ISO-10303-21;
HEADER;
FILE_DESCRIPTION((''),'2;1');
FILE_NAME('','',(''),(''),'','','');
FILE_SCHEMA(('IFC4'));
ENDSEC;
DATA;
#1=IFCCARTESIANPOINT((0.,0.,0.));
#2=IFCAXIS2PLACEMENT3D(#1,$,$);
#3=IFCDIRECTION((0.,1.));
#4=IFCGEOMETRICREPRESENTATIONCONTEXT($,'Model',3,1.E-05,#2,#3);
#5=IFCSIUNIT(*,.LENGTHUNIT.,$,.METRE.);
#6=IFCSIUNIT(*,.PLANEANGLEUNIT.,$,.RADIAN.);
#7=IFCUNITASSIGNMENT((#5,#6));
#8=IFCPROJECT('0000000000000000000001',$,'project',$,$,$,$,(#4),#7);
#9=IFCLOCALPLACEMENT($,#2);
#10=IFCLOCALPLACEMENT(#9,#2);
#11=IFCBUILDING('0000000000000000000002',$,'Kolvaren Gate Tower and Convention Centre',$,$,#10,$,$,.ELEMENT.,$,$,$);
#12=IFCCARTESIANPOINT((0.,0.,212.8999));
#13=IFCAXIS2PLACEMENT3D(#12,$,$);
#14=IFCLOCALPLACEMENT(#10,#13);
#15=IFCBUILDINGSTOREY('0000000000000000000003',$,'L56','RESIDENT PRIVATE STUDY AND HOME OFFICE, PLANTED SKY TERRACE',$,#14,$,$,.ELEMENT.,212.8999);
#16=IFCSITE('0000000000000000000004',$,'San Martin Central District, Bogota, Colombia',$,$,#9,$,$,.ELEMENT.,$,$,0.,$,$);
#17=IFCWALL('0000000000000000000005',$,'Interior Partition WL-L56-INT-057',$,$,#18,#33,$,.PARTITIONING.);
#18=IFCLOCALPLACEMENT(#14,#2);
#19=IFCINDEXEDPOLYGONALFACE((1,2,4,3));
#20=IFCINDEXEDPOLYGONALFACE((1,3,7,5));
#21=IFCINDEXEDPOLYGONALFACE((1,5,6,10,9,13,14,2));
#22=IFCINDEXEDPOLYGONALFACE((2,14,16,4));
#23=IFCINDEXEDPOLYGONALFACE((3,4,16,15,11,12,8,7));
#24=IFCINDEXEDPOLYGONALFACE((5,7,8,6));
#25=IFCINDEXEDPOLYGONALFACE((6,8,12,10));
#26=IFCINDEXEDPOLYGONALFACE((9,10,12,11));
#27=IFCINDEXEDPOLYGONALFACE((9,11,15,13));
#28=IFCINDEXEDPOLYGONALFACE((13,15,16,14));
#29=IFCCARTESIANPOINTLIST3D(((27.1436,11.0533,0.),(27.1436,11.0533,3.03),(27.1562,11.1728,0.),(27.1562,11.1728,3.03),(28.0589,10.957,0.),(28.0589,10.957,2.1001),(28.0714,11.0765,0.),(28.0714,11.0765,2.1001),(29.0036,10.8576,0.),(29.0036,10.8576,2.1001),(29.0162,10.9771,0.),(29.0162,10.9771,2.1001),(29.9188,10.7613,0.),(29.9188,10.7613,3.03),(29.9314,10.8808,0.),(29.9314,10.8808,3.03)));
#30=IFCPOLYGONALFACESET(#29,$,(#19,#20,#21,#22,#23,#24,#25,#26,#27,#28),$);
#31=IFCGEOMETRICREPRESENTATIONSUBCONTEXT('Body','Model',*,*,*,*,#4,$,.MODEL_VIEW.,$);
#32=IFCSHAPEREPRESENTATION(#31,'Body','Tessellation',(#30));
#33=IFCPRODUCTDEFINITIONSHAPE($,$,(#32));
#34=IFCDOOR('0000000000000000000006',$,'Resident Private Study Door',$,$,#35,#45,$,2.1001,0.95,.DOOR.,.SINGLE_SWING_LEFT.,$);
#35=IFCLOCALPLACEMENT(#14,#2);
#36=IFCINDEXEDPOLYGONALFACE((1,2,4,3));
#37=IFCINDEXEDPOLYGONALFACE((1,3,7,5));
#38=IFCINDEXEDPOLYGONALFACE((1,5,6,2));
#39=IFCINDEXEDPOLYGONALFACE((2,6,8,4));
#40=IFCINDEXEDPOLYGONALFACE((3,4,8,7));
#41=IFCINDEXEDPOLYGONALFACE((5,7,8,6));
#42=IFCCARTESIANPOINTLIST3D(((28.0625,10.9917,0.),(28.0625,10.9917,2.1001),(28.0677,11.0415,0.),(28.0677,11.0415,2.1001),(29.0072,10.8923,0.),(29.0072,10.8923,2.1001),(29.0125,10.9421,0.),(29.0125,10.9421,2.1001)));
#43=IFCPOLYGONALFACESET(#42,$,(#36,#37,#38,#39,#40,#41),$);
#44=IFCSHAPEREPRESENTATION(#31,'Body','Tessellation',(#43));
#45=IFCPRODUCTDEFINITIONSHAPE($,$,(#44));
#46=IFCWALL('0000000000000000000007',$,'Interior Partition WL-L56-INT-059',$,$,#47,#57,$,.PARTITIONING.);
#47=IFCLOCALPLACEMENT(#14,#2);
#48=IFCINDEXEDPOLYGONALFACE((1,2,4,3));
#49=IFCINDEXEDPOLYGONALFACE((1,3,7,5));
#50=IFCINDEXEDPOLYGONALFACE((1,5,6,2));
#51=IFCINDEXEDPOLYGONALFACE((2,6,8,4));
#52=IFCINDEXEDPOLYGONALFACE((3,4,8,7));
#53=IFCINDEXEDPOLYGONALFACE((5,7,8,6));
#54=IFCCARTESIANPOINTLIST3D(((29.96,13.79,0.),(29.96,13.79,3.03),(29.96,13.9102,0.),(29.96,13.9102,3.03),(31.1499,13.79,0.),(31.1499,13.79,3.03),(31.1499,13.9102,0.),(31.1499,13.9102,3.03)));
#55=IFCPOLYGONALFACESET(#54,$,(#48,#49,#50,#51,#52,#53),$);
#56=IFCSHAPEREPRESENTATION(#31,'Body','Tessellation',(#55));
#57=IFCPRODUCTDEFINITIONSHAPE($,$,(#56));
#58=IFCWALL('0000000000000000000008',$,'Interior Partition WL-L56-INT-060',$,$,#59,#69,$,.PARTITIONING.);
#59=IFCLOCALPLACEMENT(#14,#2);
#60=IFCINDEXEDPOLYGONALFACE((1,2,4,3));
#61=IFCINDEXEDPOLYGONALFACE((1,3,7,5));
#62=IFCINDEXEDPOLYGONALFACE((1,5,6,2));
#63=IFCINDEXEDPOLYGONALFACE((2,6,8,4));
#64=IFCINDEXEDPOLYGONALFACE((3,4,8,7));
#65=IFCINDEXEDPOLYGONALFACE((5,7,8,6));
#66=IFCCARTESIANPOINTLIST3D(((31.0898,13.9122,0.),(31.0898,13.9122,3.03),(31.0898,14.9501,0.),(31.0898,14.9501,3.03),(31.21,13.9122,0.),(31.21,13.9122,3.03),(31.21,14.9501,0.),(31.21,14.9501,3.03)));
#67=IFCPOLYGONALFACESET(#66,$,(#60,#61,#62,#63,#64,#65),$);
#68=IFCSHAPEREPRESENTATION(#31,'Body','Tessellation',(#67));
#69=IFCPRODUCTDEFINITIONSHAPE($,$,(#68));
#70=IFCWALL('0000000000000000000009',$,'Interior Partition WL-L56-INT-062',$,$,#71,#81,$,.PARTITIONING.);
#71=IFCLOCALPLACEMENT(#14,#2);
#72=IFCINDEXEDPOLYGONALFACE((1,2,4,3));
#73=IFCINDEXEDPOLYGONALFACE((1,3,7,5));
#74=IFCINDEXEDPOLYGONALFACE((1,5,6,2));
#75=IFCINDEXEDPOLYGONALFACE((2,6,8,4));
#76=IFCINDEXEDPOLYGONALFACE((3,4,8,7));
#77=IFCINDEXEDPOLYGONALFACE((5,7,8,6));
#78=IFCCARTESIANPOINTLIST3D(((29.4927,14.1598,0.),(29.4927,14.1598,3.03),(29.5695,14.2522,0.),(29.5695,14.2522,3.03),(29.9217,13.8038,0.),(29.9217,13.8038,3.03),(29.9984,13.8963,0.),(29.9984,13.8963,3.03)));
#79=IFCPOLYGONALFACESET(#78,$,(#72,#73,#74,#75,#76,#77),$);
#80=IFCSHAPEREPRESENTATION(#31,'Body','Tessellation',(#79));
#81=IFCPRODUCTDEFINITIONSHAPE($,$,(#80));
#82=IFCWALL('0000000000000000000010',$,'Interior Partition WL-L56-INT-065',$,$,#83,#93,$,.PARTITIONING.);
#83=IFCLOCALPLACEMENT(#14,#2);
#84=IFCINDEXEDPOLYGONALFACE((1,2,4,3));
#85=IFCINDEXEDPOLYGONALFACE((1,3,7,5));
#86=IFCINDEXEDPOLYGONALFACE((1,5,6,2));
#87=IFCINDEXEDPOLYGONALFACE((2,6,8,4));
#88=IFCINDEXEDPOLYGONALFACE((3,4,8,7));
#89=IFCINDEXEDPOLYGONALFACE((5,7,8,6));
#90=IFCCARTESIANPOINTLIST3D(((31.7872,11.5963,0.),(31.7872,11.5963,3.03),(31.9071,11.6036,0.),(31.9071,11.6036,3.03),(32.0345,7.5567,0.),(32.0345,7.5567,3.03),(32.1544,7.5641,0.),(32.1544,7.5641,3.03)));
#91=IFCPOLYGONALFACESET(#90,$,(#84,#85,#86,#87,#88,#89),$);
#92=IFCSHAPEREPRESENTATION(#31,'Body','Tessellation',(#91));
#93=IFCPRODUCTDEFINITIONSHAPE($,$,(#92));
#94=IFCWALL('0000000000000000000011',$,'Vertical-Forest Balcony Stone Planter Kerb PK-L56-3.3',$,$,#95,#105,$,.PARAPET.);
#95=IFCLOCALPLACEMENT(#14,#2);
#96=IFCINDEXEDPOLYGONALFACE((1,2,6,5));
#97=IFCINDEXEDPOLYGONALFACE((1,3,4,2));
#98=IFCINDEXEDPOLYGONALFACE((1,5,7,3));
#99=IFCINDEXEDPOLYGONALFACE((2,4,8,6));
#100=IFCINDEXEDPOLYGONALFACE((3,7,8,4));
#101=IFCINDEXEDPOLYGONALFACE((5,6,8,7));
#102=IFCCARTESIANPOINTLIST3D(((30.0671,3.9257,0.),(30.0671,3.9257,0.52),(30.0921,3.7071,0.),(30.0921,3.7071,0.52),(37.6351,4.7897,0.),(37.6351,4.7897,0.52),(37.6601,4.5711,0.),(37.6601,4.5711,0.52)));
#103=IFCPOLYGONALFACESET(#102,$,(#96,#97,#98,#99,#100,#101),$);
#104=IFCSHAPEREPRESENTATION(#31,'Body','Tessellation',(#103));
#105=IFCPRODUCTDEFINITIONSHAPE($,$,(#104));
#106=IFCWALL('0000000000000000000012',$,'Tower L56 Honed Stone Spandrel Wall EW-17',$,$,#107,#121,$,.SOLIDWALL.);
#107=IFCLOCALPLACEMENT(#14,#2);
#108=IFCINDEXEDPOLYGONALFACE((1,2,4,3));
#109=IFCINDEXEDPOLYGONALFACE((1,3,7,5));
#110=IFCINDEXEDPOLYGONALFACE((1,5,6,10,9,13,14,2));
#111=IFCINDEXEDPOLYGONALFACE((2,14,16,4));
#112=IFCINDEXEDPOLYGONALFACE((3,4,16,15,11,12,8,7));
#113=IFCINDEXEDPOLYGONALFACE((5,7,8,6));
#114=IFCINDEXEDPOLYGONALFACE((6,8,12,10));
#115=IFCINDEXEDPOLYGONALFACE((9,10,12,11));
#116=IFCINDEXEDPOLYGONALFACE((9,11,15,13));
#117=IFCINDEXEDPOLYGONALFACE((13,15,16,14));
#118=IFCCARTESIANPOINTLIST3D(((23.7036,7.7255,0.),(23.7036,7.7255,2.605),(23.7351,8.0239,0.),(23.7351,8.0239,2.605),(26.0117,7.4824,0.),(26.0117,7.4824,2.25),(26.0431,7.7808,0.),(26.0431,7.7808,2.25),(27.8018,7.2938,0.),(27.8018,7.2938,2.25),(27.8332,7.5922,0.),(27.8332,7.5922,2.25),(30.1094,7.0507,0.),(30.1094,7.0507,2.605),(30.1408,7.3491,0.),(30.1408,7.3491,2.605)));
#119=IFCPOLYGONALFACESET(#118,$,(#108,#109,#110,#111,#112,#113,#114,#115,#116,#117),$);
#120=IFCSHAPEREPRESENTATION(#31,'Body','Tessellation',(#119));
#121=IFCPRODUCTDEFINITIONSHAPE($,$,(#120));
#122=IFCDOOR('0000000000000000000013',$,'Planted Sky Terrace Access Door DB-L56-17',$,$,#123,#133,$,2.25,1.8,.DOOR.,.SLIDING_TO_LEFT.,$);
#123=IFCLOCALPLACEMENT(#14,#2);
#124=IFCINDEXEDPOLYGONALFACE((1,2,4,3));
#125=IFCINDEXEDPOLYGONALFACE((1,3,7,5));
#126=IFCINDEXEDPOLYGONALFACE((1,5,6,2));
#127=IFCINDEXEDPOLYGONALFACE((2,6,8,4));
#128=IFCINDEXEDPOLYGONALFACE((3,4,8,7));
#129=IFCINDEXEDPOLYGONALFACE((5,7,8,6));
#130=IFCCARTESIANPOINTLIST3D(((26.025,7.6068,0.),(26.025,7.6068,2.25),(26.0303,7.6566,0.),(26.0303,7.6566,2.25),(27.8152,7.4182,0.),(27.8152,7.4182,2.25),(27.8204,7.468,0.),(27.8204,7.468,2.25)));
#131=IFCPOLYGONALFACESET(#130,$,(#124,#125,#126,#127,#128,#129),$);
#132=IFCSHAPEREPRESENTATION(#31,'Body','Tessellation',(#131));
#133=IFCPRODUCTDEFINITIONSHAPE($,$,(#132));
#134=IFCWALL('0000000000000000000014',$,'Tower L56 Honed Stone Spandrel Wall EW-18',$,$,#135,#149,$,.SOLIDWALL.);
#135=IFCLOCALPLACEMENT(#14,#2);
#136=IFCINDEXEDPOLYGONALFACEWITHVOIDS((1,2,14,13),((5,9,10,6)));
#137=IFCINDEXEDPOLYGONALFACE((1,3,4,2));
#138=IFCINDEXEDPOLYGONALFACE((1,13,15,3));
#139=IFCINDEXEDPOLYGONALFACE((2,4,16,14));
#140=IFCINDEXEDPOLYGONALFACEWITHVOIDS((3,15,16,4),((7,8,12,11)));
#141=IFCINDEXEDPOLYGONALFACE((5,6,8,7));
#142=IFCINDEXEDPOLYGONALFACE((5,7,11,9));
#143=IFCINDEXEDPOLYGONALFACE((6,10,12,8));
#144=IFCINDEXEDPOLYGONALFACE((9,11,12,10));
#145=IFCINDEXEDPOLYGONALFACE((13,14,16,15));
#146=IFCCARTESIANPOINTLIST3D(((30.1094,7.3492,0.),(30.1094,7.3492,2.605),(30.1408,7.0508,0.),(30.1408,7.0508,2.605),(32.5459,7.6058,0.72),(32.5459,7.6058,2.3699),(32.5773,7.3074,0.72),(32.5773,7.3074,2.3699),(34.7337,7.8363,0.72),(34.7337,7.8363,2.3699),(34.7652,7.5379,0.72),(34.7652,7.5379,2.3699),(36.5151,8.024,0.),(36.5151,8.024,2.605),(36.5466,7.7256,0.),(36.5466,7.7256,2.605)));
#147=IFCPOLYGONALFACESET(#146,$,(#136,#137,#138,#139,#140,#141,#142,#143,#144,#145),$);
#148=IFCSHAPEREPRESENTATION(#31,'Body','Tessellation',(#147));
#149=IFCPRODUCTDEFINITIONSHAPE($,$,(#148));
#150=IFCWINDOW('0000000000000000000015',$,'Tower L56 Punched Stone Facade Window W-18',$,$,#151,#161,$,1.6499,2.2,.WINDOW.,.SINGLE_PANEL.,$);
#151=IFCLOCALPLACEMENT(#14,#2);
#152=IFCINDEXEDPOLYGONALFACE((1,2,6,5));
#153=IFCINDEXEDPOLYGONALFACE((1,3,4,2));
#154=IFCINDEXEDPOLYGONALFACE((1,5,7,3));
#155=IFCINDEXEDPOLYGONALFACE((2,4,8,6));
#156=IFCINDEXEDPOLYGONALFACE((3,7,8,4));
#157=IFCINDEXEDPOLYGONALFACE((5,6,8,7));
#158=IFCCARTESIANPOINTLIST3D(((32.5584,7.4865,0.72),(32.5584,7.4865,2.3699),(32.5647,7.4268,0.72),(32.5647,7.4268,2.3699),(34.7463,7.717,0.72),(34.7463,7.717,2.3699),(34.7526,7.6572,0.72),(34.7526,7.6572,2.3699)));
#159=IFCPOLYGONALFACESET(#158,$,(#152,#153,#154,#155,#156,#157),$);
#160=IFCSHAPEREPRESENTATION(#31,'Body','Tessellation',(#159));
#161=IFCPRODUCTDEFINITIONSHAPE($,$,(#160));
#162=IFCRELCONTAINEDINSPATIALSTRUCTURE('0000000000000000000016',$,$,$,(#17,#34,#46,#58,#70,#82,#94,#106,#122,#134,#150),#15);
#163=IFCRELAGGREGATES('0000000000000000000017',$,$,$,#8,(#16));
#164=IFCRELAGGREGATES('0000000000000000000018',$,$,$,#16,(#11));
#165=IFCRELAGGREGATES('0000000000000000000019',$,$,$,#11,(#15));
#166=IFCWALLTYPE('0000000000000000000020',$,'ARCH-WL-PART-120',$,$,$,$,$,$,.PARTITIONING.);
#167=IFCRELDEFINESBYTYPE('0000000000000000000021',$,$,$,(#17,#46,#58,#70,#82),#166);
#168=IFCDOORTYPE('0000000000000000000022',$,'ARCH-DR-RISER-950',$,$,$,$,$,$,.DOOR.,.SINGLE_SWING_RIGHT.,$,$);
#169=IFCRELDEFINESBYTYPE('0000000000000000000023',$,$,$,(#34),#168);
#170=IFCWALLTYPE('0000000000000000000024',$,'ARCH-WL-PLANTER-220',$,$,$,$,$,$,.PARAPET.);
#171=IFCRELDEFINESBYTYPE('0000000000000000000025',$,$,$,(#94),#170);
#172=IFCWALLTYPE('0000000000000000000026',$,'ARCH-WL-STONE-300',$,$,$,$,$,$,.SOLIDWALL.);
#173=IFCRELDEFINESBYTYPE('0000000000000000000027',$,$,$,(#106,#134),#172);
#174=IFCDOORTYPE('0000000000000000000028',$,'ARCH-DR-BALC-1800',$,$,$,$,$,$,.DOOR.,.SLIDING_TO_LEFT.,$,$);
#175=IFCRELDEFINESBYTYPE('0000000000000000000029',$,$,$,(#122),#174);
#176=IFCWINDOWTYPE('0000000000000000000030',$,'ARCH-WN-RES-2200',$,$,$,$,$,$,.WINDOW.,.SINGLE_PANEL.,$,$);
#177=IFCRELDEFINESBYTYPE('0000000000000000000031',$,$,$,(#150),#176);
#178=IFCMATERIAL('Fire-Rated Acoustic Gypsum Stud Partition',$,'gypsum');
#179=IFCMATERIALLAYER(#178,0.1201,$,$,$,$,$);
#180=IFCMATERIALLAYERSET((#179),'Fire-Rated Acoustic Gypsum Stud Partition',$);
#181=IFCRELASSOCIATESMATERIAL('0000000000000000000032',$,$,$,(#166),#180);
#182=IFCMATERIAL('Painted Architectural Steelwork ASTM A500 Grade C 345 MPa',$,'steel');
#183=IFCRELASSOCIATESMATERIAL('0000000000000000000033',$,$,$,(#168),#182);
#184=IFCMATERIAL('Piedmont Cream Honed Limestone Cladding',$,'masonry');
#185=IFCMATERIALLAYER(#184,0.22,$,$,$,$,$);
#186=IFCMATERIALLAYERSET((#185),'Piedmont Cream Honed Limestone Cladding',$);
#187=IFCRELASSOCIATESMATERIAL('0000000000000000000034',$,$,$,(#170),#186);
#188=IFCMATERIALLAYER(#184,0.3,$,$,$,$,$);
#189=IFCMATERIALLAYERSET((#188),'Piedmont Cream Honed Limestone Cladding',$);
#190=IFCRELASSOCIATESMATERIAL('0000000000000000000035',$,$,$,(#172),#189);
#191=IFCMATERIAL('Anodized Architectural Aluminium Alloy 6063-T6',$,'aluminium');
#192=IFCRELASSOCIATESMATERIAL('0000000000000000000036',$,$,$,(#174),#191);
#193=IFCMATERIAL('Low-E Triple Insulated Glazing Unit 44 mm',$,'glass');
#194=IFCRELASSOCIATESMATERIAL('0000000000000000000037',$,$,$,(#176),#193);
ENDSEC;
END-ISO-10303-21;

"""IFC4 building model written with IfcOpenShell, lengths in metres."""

from ifc_helpers import new_model, si_unit, direction, frame, frame_2d, origin, place, context, subcontext, project, spatial, rectangle, extrude, material, layer, layer_set, type_object, element, fill, save


model = new_model("IFC4")

# Units and contexts
model_context = context("Model", 3, precision=1e-05, world=origin(), true_north=direction((0.0, 1.0)))
body_context = subcontext(model_context, "Body", "Model", "MODEL_VIEW")
ifc_project = project(units=[si_unit("LENGTHUNIT", "METRE"), si_unit("PLANEANGLEUNIT", "RADIAN")], contexts=[model_context])

# Site, building, storey
site_placement = place(None, origin())
site = spatial("IfcSite", under=ifc_project, at=site_placement, Name="San Martin Central District, Bogota, Colombia", CompositionType="ELEMENT", RefElevation=0.0)
building_placement = place(site_placement, origin())
building = spatial("IfcBuilding", under=site, at=building_placement, Name="Kolvaren Gate Tower and Convention Centre", CompositionType="ELEMENT")
storey_placement = place(building_placement, frame((0.0, 0.0, 212.8999)))
storey = spatial("IfcBuildingStorey", under=building, at=storey_placement, Name="L56", Description="RESIDENT PRIVATE STUDY AND HOME OFFICE, PLANTED SKY TERRACE", CompositionType="ELEMENT", Elevation=212.8999)

# Shared definitions
ifc_material_1 = material(Name="Fire-Rated Acoustic Gypsum Stud Partition", Category="gypsum")
ifc_layer_1 = layer(ifc_material_1, 0.1201)
ifc_layer_set_1 = layer_set([ifc_layer_1], Name="Fire-Rated Acoustic Gypsum Stud Partition")
wall_type_1 = type_object("IfcWallType", Name="ARCH-WL-PART-120", PredefinedType="PARTITIONING", material=ifc_layer_set_1)
ifc_material_2 = material(Name="Painted Architectural Steelwork ASTM A500 Grade C 345 MPa", Category="steel")
door_type_1 = type_object("IfcDoorType", Name="ARCH-DR-RISER-950", OperationType="SINGLE_SWING_RIGHT", PredefinedType="DOOR", material=ifc_material_2)

# Wall, opening, door
wall_1_placement = place(storey_placement, frame((27.1499, 11.113, 0.0), z_axis=(0.0, 0.0, 1.0), x_axis=(0.99451, -0.104639, 0.0)))
wall_1 = element("IfcWall", 1, at=wall_1_placement, inside=storey, type_object=wall_type_1, Name="Interior Partition WL-L56-INT-057", PredefinedType="PARTITIONING", context=body_context, shape_type="SweptSolid", body=[
    extrude(rectangle(XDim=2.7905, YDim=0.1201, at=frame_2d((1.3953, 0.0))), origin(), (0.0, 0.0, 1.0), 3.03),
])
opening_1_placement = place(wall_1_placement, frame((0.9202, 0.0, 0.0)))
opening_1 = element("IfcOpeningElement", 2, at=opening_1_placement, cuts=wall_1, PredefinedType="OPENING", context=body_context, shape_type="SweptSolid", body=[
    extrude(rectangle(XDim=0.95, YDim=2.1001, at=frame_2d((0.4751, 1.05))), frame((0.0, 0.0701, 0.0), z_axis=(0.0, -1.0, 0.0), x_axis=(1.0, 0.0, 0.0)), (0.0, 0.0, 1.0), 0.1401),
])
door_1_placement = place(opening_1_placement, origin())
door_1 = element("IfcDoor", 3, at=door_1_placement, inside=storey, type_object=door_type_1, Name="Resident Private Study Door", OperationType="SINGLE_SWING_LEFT", OverallHeight=2.1001, OverallWidth=0.95, PredefinedType="DOOR", context=body_context, shape_type="SweptSolid", body=[
    extrude(rectangle(XDim=0.95, YDim=2.1001, at=frame_2d((0.4751, 1.05))), frame((0.0, 0.0249, 0.0), z_axis=(0.0, -1.0, 0.0), x_axis=(1.0, 0.0, 0.0)), (0.0, 0.0, 1.0), 0.05),
])
fill(opening_1, door_1)

# Walls
wall_2_placement = place(storey_placement, frame((29.96, 13.8501, 0.0), z_axis=(0.0, 0.0, 1.0), x_axis=(1.0, 0.0, 0.0)))
element("IfcWall", 4, at=wall_2_placement, inside=storey, type_object=wall_type_1, Name="Interior Partition WL-L56-INT-059", PredefinedType="PARTITIONING", context=body_context, shape_type="SweptSolid", body=[
    extrude(rectangle(XDim=1.1899, YDim=0.1201, at=frame_2d((0.595, 0.0))), origin(), (0.0, 0.0, 1.0), 3.03),
])
wall_3_placement = place(storey_placement, frame((31.1499, 13.9121, 0.0), z_axis=(0.0, 0.0, 1.0), x_axis=(0.0, 1.0, 0.0)))
element("IfcWall", 5, at=wall_3_placement, inside=storey, type_object=wall_type_1, Name="Interior Partition WL-L56-INT-060", PredefinedType="PARTITIONING", context=body_context, shape_type="SweptSolid", body=[
    extrude(rectangle(XDim=1.0378, YDim=0.1201, at=frame_2d((0.519, 0.0))), origin(), (0.0, 0.0, 1.0), 3.03),
])
wall_4_placement = place(storey_placement, frame((29.531, 14.2061, 0.0), z_axis=(0.0, 0.0, 1.0), x_axis=(0.769548, -0.638589, 0.0)))
element("IfcWall", 6, at=wall_4_placement, inside=storey, type_object=wall_type_1, Name="Interior Partition WL-L56-INT-062", PredefinedType="PARTITIONING", context=body_context, shape_type="SweptSolid", body=[
    extrude(rectangle(XDim=0.5574, YDim=0.1201, at=frame_2d((0.2788, 0.0))), origin(), (0.0, 0.0, 1.0), 3.03),
])
wall_5_placement = place(storey_placement, frame((31.8472, 11.5999, 0.0), z_axis=(0.0, 0.0, 1.0), x_axis=(0.061109, -0.998131, 0.0)))
element("IfcWall", 7, at=wall_5_placement, inside=storey, type_object=wall_type_1, Name="Interior Partition WL-L56-INT-065", PredefinedType="PARTITIONING", context=body_context, shape_type="SweptSolid", body=[
    extrude(rectangle(XDim=4.0471, YDim=0.1201, at=frame_2d((2.0234, 0.0))), origin(), (0.0, 0.0, 1.0), 3.03),
])
ifc_material_3 = material(Name="Piedmont Cream Honed Limestone Cladding", Category="masonry")
ifc_layer_2 = layer(ifc_material_3, 0.22)
ifc_layer_set_2 = layer_set([ifc_layer_2], Name="Piedmont Cream Honed Limestone Cladding")
wall_type_2 = type_object("IfcWallType", Name="ARCH-WL-PLANTER-220", PredefinedType="PARAPET", material=ifc_layer_set_2)
wall_6_placement = place(storey_placement, frame((30.0796, 3.8164, 0.0), z_axis=(0.0, 0.0, 1.0), x_axis=(0.993546, 0.113428, 0.0)))
element("IfcWall", 8, at=wall_6_placement, inside=storey, type_object=wall_type_2, Name="Vertical-Forest Balcony Stone Planter Kerb PK-L56-3.3", PredefinedType="PARAPET", context=body_context, shape_type="SweptSolid", body=[
    extrude(rectangle(XDim=7.6172, YDim=0.22, at=frame_2d((3.8086, 0.0))), origin(), (0.0, 0.0, 1.0), 0.52),
])

# Wall, opening, door
ifc_layer_3 = layer(ifc_material_3, 0.3)
ifc_layer_set_3 = layer_set([ifc_layer_3], Name="Piedmont Cream Honed Limestone Cladding")
wall_type_3 = type_object("IfcWallType", Name="ARCH-WL-STONE-300", PredefinedType="SOLIDWALL", material=ifc_layer_set_3)
wall_7_placement = place(storey_placement, frame((23.7192, 7.8748, 0.0), z_axis=(0.0, 0.0, 1.0), x_axis=(0.994497, -0.104764, 0.0)))
wall_7 = element("IfcWall", 9, at=wall_7_placement, inside=storey, type_object=wall_type_3, Name="Tower L56 Honed Stone Spandrel Wall EW-17", PredefinedType="SOLIDWALL", context=body_context, shape_type="SweptSolid", body=[
    extrude(rectangle(XDim=6.4412, YDim=0.3, at=frame_2d((3.2207, 0.0))), origin(), (0.0, 0.0, 1.0), 2.605),
])
opening_2_placement = place(wall_7_placement, frame((2.321, 0.0, 0.0)))
opening_2 = element("IfcOpeningElement", 10, at=opening_2_placement, cuts=wall_7, PredefinedType="OPENING", context=body_context, shape_type="SweptSolid", body=[
    extrude(rectangle(XDim=1.8, YDim=2.25, at=frame_2d((0.8999, 1.125))), frame((0.0, 0.1599, 0.0), z_axis=(0.0, -1.0, 0.0), x_axis=(1.0, 0.0, 0.0)), (0.0, 0.0, 1.0), 0.3201),
])
ifc_material_4 = material(Name="Anodized Architectural Aluminium Alloy 6063-T6", Category="aluminium")
door_type_2 = type_object("IfcDoorType", Name="ARCH-DR-BALC-1800", OperationType="SLIDING_TO_LEFT", PredefinedType="DOOR", material=ifc_material_4)
door_2_placement = place(opening_2_placement, frame((1.8, 0.0, 0.0), z_axis=(0.0, 0.0, 1.0), x_axis=(-1.0, 0.0, 0.0)))
door_2 = element("IfcDoor", 11, at=door_2_placement, inside=storey, type_object=door_type_2, Name="Planted Sky Terrace Access Door DB-L56-17", OperationType="SLIDING_TO_LEFT", OverallHeight=2.25, OverallWidth=1.8, PredefinedType="DOOR", context=body_context, shape_type="SweptSolid", body=[
    extrude(rectangle(XDim=1.8, YDim=2.25, at=frame_2d((0.8999, 1.125))), frame((0.0, 0.0249, 0.0), z_axis=(0.0, -1.0, 0.0), x_axis=(1.0, 0.0, 0.0)), (0.0, 0.0, 1.0), 0.05),
])
fill(opening_2, door_2)

# Wall, opening, window
wall_8_placement = place(storey_placement, frame((30.125, 7.2, 0.0), z_axis=(0.0, 0.0, 1.0), x_axis=(0.994497, 0.104764, 0.0)))
wall_8 = element("IfcWall", 12, at=wall_8_placement, inside=storey, type_object=wall_type_3, Name="Tower L56 Honed Stone Spandrel Wall EW-18", PredefinedType="SOLIDWALL", context=body_context, shape_type="SweptSolid", body=[
    extrude(rectangle(XDim=6.4412, YDim=0.3, at=frame_2d((3.2207, 0.0))), origin(), (0.0, 0.0, 1.0), 2.605),
])
opening_3_placement = place(wall_8_placement, frame((2.45, 0.0, 0.72)))
opening_3 = element("IfcOpeningElement", 13, at=opening_3_placement, cuts=wall_8, PredefinedType="OPENING", context=body_context, shape_type="SweptSolid", body=[
    extrude(rectangle(XDim=2.2, YDim=1.6499, at=frame_2d((1.1001, 0.825))), frame((0.0, 0.1599, 0.0), z_axis=(0.0, -1.0, 0.0), x_axis=(1.0, 0.0, 0.0)), (0.0, 0.0, 1.0), 0.3201),
])
ifc_material_5 = material(Name="Low-E Triple Insulated Glazing Unit 44 mm", Category="glass")
window_type = type_object("IfcWindowType", Name="ARCH-WN-RES-2200", PartitioningType="SINGLE_PANEL", PredefinedType="WINDOW", material=ifc_material_5)
window_1_placement = place(opening_3_placement, origin())
window_1 = element("IfcWindow", 14, at=window_1_placement, inside=storey, type_object=window_type, Name="Tower L56 Punched Stone Facade Window W-18", OverallHeight=1.6499, OverallWidth=2.2, PartitioningType="SINGLE_PANEL", PredefinedType="WINDOW", context=body_context, shape_type="SweptSolid", body=[
    extrude(rectangle(XDim=2.2, YDim=1.6499, at=frame_2d((1.1001, 0.825))), frame((0.0, 0.03, 0.0), z_axis=(0.0, -1.0, 0.0), x_axis=(1.0, 0.0, 0.0)), (0.0, 0.0, 1.0), 0.0601),
])
fill(opening_3, window_1)

save(model, "model.ifc")
